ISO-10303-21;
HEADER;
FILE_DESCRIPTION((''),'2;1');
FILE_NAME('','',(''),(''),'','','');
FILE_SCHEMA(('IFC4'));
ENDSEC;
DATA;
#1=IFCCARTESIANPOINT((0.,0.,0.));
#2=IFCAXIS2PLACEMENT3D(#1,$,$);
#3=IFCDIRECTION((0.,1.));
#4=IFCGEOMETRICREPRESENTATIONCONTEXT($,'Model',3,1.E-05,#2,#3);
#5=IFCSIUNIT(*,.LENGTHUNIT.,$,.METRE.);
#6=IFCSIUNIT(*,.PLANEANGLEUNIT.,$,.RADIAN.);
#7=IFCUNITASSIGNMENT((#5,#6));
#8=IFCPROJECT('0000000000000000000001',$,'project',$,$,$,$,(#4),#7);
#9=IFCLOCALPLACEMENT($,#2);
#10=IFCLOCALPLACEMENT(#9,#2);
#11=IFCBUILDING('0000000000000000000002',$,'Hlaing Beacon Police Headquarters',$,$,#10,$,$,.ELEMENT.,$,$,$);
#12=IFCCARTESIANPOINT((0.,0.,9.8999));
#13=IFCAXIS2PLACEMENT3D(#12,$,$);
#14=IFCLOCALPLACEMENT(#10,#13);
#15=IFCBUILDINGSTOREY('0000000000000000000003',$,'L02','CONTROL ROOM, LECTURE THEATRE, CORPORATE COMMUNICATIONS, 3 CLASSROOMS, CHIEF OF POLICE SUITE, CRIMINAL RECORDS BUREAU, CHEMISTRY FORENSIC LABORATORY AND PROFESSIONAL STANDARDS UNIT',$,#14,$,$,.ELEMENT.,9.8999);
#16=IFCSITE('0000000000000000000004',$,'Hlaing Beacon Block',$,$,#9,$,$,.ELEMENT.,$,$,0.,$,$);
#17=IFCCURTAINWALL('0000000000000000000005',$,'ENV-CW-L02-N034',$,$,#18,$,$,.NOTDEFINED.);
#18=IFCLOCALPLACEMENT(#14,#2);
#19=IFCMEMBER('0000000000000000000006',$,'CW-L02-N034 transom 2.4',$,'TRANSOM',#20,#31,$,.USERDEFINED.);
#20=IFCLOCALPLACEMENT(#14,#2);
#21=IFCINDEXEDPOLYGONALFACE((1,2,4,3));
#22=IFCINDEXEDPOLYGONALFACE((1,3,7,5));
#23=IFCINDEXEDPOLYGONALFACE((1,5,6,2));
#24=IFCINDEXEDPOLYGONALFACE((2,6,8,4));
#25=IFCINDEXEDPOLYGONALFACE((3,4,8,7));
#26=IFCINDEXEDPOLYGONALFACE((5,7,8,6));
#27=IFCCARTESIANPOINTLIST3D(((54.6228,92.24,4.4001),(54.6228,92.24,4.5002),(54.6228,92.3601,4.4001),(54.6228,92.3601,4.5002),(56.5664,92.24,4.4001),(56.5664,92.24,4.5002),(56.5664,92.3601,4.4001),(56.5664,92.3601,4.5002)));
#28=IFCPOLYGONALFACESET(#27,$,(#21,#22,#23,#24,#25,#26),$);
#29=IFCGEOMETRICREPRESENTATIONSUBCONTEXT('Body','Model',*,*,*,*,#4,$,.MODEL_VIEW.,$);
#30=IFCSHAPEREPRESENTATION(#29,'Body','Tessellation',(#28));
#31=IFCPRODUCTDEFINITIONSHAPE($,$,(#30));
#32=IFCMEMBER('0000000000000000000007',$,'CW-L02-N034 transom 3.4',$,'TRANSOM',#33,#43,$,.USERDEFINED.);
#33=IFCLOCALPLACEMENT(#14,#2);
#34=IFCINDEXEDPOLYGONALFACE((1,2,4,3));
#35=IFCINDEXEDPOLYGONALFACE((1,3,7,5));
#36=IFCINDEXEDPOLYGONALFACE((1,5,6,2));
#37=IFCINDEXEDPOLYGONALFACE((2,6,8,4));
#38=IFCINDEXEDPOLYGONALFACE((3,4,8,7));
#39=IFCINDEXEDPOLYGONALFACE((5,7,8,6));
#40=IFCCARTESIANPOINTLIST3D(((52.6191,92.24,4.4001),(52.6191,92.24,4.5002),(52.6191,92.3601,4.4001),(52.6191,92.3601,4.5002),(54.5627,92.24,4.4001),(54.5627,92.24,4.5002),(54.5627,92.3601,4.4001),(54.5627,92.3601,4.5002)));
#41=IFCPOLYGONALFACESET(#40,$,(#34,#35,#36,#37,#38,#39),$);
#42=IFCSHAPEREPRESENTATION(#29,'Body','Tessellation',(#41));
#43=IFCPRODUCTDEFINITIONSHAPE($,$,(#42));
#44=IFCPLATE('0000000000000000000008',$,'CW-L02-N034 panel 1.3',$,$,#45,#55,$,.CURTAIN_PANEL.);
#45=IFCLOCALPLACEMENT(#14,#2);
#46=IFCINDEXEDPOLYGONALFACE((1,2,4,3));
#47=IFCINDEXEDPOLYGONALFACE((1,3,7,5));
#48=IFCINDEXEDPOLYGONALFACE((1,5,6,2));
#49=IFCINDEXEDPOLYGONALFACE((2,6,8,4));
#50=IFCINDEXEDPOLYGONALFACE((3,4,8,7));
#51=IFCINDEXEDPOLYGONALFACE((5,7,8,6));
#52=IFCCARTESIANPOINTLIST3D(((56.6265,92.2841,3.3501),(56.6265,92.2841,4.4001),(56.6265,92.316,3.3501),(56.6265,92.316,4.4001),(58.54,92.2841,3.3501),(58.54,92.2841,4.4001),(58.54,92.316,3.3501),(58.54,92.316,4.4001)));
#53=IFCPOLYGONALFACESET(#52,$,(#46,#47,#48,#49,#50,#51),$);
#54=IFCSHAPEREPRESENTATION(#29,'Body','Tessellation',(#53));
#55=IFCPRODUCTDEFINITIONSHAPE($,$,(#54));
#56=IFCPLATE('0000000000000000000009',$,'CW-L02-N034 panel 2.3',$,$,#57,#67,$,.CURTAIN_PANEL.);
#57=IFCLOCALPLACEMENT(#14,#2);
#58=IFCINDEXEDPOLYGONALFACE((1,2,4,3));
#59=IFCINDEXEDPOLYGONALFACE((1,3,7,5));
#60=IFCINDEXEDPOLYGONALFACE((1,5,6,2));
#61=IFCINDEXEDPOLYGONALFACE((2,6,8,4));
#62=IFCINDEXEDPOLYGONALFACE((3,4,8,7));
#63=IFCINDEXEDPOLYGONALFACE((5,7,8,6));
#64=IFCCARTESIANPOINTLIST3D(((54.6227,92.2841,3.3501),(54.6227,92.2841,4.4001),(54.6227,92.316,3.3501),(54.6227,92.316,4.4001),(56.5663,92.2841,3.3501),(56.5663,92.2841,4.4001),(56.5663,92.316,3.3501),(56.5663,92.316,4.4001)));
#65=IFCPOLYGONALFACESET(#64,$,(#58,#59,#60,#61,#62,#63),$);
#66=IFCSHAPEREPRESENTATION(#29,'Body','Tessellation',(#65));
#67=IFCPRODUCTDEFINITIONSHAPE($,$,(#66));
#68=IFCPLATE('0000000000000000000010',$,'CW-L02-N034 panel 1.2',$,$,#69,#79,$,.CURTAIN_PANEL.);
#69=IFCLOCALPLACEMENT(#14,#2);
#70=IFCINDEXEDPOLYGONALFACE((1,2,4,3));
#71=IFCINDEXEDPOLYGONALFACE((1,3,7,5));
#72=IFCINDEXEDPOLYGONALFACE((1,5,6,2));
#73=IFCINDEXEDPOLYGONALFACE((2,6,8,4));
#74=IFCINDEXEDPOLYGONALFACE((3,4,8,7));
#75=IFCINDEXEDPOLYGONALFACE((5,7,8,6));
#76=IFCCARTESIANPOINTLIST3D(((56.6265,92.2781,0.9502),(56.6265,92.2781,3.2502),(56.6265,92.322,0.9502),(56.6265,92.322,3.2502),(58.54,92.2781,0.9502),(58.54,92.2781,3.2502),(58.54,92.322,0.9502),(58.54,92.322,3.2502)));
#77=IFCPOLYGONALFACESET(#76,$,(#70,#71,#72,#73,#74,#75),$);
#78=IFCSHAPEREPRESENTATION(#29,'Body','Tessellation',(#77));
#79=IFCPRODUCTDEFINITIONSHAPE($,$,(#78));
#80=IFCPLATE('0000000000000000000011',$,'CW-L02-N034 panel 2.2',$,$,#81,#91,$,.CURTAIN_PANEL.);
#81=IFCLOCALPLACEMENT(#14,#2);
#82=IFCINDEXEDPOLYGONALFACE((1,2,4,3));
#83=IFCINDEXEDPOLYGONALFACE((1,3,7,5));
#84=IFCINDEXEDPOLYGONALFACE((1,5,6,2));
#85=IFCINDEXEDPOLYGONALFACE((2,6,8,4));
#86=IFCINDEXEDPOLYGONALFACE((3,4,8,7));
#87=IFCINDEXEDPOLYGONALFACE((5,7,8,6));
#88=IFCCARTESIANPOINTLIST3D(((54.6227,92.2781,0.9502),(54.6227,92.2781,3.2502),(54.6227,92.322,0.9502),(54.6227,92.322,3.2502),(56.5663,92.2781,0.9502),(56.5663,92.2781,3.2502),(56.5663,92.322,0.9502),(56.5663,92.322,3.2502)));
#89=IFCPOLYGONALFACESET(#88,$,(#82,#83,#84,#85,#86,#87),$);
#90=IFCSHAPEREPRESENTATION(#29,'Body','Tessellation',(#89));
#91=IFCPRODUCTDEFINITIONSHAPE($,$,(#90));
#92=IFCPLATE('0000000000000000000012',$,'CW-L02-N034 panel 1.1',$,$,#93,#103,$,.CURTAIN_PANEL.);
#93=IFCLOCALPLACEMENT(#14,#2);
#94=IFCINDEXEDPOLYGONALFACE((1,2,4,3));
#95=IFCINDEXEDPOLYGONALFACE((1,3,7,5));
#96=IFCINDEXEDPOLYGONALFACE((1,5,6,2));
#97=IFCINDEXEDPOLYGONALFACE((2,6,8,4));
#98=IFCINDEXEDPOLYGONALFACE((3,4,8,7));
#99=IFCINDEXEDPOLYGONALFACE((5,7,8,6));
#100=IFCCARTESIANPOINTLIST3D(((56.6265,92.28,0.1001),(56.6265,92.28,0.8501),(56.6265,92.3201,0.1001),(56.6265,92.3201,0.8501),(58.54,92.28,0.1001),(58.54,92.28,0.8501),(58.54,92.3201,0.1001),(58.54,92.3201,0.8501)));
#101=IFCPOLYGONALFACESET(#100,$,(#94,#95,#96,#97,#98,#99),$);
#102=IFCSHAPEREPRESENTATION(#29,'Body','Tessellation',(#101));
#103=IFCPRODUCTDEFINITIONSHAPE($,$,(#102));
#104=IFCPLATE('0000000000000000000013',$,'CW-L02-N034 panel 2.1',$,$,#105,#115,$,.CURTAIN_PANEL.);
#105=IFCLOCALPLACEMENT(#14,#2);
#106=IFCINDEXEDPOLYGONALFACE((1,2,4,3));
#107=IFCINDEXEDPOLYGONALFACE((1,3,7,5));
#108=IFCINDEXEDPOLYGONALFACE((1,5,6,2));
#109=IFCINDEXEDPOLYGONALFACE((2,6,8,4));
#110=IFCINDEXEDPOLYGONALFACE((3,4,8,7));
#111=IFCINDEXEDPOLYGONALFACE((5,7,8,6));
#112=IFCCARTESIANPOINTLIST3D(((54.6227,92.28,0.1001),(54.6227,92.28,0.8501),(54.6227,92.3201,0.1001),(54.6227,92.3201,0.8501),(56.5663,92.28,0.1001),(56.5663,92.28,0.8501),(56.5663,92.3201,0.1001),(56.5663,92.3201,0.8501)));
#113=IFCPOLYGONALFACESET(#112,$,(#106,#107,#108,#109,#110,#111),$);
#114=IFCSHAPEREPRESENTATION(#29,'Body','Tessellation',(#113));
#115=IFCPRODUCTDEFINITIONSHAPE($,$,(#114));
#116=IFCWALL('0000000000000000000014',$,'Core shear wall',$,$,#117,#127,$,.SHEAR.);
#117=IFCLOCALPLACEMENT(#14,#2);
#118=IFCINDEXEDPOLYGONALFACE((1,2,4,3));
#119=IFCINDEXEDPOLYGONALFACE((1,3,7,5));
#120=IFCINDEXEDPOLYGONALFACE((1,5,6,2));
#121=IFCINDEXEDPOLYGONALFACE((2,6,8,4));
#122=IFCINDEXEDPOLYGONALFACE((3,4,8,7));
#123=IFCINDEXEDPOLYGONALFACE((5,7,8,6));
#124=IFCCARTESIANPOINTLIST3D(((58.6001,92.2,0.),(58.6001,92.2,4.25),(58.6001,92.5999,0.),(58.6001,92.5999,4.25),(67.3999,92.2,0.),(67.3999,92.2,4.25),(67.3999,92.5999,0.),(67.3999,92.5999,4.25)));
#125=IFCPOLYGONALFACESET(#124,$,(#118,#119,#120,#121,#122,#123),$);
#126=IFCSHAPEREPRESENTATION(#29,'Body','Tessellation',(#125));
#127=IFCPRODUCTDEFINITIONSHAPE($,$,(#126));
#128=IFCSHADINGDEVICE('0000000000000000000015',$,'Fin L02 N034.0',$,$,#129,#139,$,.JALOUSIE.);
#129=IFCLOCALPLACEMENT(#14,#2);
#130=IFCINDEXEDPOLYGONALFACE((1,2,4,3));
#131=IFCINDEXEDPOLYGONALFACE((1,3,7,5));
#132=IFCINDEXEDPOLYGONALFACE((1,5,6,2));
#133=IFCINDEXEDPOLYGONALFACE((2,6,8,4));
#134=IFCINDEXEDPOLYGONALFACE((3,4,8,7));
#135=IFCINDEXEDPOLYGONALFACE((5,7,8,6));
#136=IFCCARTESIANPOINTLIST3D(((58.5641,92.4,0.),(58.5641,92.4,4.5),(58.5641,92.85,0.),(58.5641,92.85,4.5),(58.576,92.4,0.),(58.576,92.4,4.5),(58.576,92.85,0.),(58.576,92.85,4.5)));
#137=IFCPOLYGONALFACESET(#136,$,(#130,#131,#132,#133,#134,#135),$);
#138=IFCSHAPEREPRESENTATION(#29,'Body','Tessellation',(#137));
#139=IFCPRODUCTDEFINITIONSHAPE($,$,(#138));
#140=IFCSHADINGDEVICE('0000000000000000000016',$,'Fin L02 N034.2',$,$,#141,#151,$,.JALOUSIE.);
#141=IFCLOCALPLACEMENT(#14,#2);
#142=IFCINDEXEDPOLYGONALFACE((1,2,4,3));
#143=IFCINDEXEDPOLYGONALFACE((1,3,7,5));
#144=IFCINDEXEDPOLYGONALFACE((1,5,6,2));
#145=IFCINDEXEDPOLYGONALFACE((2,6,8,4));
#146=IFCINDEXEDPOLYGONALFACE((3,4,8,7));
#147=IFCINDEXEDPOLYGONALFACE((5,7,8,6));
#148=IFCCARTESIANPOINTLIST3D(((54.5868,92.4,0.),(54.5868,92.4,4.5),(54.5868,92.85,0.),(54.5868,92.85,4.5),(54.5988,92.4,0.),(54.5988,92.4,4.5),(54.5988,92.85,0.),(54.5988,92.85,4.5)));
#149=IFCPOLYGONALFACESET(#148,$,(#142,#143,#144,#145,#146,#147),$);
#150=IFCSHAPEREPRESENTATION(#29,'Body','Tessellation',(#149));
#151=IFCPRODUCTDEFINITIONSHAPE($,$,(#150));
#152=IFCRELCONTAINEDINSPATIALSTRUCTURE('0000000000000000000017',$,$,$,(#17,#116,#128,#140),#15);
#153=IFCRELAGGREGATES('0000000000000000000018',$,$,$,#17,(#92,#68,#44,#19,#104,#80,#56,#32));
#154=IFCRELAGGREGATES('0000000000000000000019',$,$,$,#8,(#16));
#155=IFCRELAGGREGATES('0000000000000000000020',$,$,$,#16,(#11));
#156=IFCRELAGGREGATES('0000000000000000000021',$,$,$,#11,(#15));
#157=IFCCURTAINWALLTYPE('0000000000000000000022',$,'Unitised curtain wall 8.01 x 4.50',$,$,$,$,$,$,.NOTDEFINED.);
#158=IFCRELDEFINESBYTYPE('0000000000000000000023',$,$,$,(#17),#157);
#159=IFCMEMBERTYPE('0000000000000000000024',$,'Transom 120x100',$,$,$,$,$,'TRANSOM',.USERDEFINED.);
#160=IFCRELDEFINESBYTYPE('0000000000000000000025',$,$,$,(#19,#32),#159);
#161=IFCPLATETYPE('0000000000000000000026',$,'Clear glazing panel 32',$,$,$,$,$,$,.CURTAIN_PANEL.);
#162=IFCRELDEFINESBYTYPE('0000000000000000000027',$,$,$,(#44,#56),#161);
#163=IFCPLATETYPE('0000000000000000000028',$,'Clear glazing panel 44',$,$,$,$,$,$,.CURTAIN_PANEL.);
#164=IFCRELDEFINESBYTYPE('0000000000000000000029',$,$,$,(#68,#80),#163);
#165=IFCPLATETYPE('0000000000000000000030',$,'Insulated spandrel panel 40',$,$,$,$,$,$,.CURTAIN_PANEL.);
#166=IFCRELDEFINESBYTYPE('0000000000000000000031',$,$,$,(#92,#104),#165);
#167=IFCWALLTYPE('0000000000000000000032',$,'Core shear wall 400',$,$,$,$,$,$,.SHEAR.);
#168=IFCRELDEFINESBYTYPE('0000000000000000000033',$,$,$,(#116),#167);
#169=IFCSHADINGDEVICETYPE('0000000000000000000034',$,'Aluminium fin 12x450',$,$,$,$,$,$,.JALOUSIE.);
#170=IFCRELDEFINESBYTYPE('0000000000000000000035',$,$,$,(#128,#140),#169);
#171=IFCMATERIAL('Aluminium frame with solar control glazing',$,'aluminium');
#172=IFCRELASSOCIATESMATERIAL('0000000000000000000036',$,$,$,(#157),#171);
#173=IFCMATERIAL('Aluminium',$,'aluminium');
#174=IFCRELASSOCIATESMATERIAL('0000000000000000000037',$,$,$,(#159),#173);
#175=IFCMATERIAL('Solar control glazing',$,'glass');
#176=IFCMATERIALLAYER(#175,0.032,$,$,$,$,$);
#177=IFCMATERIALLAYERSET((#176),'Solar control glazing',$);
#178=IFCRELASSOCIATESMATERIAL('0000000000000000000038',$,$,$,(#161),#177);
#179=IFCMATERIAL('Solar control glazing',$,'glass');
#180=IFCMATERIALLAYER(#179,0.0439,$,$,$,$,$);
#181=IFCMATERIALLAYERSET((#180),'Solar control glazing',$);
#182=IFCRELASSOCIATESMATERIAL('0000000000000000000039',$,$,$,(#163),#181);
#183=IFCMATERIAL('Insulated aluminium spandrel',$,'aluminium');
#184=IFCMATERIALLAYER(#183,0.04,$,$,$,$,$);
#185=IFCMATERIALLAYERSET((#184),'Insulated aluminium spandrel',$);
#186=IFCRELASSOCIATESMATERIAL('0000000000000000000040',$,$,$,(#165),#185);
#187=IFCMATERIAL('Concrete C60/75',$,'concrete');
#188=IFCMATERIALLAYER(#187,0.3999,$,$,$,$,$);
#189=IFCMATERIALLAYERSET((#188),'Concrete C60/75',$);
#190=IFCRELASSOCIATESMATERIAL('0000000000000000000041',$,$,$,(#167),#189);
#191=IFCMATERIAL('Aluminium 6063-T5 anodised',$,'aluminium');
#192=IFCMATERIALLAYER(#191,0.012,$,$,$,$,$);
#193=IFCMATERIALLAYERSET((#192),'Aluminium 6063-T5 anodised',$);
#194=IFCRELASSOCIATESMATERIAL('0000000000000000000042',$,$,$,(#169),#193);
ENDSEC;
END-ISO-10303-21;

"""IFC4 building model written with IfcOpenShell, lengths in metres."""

from ifc_helpers import new_model, si_unit, direction, frame, frame_2d, origin, origin_2d, place, context, subcontext, project, spatial, rectangle, extrude, material, layer, layer_set, material_profile, profile_set, type_object, element, aggregate, save


model = new_model("IFC4")

# Units and contexts
model_context = context("Model", 3, precision=1e-05, world=origin(), true_north=direction((0.0, 1.0)))
body_context = subcontext(model_context, "Body", "Model", "MODEL_VIEW")
ifc_project = project(units=[si_unit("LENGTHUNIT", "METRE"), si_unit("PLANEANGLEUNIT", "RADIAN")], contexts=[model_context])

# Site, building, storey
site_placement = place(None, origin())
site = spatial("IfcSite", under=ifc_project, at=site_placement, Name="Hlaing Beacon Block", CompositionType="ELEMENT", RefElevation=0.0)
building_placement = place(site_placement, origin())
building = spatial("IfcBuilding", under=site, at=building_placement, Name="Hlaing Beacon Police Headquarters", CompositionType="ELEMENT")
storey_placement = place(building_placement, frame((0.0, 0.0, 9.8999)))
storey = spatial("IfcBuildingStorey", under=building, at=storey_placement, Name="L02", Description="CONTROL ROOM, LECTURE THEATRE, CORPORATE COMMUNICATIONS, 3 CLASSROOMS, CHIEF OF POLICE SUITE, CRIMINAL RECORDS BUREAU, CHEMISTRY FORENSIC LABORATORY AND PROFESSIONAL STANDARDS UNIT", CompositionType="ELEMENT", Elevation=9.8999)

# Curtain wall, members, plates
ifc_material_1 = material(Name="Aluminium frame with solar control glazing", Category="aluminium")
curtain_wall_type = type_object("IfcCurtainWallType", Name="Unitised curtain wall 8.01 x 4.50", PredefinedType="NOTDEFINED", material=ifc_material_1)
curtain_wall_placement = place(storey_placement, origin())
curtain_wall = element("IfcCurtainWall", 1, at=curtain_wall_placement, inside=storey, type_object=curtain_wall_type, Name="ENV-CW-L02-N034", PredefinedType="NOTDEFINED")
ifc_material_2 = material(Name="Aluminium", Category="aluminium")
ifc_material_profile_1 = material_profile(ifc_material_2, rectangle(XDim=0.1201, YDim=0.1001, at=origin_2d()), Name="Transom 120x100")
ifc_profile_set_1 = profile_set([ifc_material_profile_1], Name="Aluminium")
member_type_1 = type_object("IfcMemberType", Name="Transom 120x100", ElementType="TRANSOM", PredefinedType="USERDEFINED", material=ifc_profile_set_1)
member_1_placement = place(storey_placement, frame((56.5664, 92.3, 4.4502), z_axis=(-1.0, 0.0, 0.0), x_axis=(0.0, -1.0, 0.0)))
member_1 = element("IfcMember", 2, at=member_1_placement, type_object=member_type_1, Name="CW-L02-N034 transom 2.4", ObjectType="TRANSOM", PredefinedType="USERDEFINED", context=body_context, shape_type="SweptSolid", body=[
    extrude(rectangle(XDim=0.1201, YDim=0.1001, at=origin_2d()), origin(), (0.0, 0.0, 1.0), 1.9436),
])
member_2_placement = place(storey_placement, frame((54.5627, 92.3, 4.4502), z_axis=(-1.0, 0.0, 0.0), x_axis=(0.0, -1.0, 0.0)))
member_2 = element("IfcMember", 3, at=member_2_placement, type_object=member_type_1, Name="CW-L02-N034 transom 3.4", ObjectType="TRANSOM", PredefinedType="USERDEFINED", context=body_context, shape_type="SweptSolid", body=[
    extrude(rectangle(XDim=0.1201, YDim=0.1001, at=origin_2d()), origin(), (0.0, 0.0, 1.0), 1.9436),
])
ifc_material_3 = material(Name="Solar control glazing", Category="glass")
ifc_layer_1 = layer(ifc_material_3, 0.032)
ifc_layer_set_1 = layer_set([ifc_layer_1], Name="Solar control glazing")
plate_type_1 = type_object("IfcPlateType", Name="Clear glazing panel 32", PredefinedType="CURTAIN_PANEL", material=ifc_layer_set_1)
plate_1_placement = place(storey_placement, frame((57.5833, 92.3, 3.3501), z_axis=(0.0, 0.0, 1.0), x_axis=(-1.0, 0.0, 0.0)))
plate_1 = element("IfcPlate", 4, at=plate_1_placement, type_object=plate_type_1, Name="CW-L02-N034 panel 1.3", PredefinedType="CURTAIN_PANEL", context=body_context, shape_type="SweptSolid", body=[
    extrude(rectangle(XDim=1.9136, YDim=0.032, at=origin_2d()), origin(), (0.0, 0.0, 1.0), 1.05),
])
plate_2_placement = place(storey_placement, frame((55.5945, 92.3, 3.3501), z_axis=(0.0, 0.0, 1.0), x_axis=(-1.0, 0.0, 0.0)))
plate_2 = element("IfcPlate", 5, at=plate_2_placement, type_object=plate_type_1, Name="CW-L02-N034 panel 2.3", PredefinedType="CURTAIN_PANEL", context=body_context, shape_type="SweptSolid", body=[
    extrude(rectangle(XDim=1.9436, YDim=0.032, at=origin_2d()), origin(), (0.0, 0.0, 1.0), 1.05),
])
ifc_material_4 = material(Name="Solar control glazing", Category="glass")
ifc_layer_2 = layer(ifc_material_4, 0.0439)
ifc_layer_set_2 = layer_set([ifc_layer_2], Name="Solar control glazing")
plate_type_2 = type_object("IfcPlateType", Name="Clear glazing panel 44", PredefinedType="CURTAIN_PANEL", material=ifc_layer_set_2)
plate_3_placement = place(storey_placement, frame((57.5833, 92.3, 0.9502), z_axis=(0.0, 0.0, 1.0), x_axis=(-1.0, 0.0, 0.0)))
plate_3 = element("IfcPlate", 6, at=plate_3_placement, type_object=plate_type_2, Name="CW-L02-N034 panel 1.2", PredefinedType="CURTAIN_PANEL", context=body_context, shape_type="SweptSolid", body=[
    extrude(rectangle(XDim=1.9136, YDim=0.0439, at=origin_2d()), origin(), (0.0, 0.0, 1.0), 2.3),
])
plate_4_placement = place(storey_placement, frame((55.5945, 92.3, 0.9502), z_axis=(0.0, 0.0, 1.0), x_axis=(-1.0, 0.0, 0.0)))
plate_4 = element("IfcPlate", 7, at=plate_4_placement, type_object=plate_type_2, Name="CW-L02-N034 panel 2.2", PredefinedType="CURTAIN_PANEL", context=body_context, shape_type="SweptSolid", body=[
    extrude(rectangle(XDim=1.9436, YDim=0.0439, at=origin_2d()), origin(), (0.0, 0.0, 1.0), 2.3),
])
ifc_material_5 = material(Name="Insulated aluminium spandrel", Category="aluminium")
ifc_layer_3 = layer(ifc_material_5, 0.04)
ifc_layer_set_3 = layer_set([ifc_layer_3], Name="Insulated aluminium spandrel")
plate_type_3 = type_object("IfcPlateType", Name="Insulated spandrel panel 40", PredefinedType="CURTAIN_PANEL", material=ifc_layer_set_3)
plate_5_placement = place(storey_placement, frame((57.5833, 92.3, 0.1001), z_axis=(0.0, 0.0, 1.0), x_axis=(-1.0, 0.0, 0.0)))
plate_5 = element("IfcPlate", 8, at=plate_5_placement, type_object=plate_type_3, Name="CW-L02-N034 panel 1.1", PredefinedType="CURTAIN_PANEL", context=body_context, shape_type="SweptSolid", body=[
    extrude(rectangle(XDim=1.9136, YDim=0.04, at=origin_2d()), origin(), (0.0, 0.0, 1.0), 0.75),
])
plate_6_placement = place(storey_placement, frame((55.5945, 92.3, 0.1001), z_axis=(0.0, 0.0, 1.0), x_axis=(-1.0, 0.0, 0.0)))
plate_6 = element("IfcPlate", 9, at=plate_6_placement, type_object=plate_type_3, Name="CW-L02-N034 panel 2.1", PredefinedType="CURTAIN_PANEL", context=body_context, shape_type="SweptSolid", body=[
    extrude(rectangle(XDim=1.9436, YDim=0.04, at=origin_2d()), origin(), (0.0, 0.0, 1.0), 0.75),
])
aggregate(curtain_wall, [plate_5, plate_3, plate_1, member_1, plate_6, plate_4, plate_2, member_2])

# Wall
ifc_material_6 = material(Name="Concrete C60/75", Category="concrete")
ifc_layer_4 = layer(ifc_material_6, 0.3999)
ifc_layer_set_4 = layer_set([ifc_layer_4], Name="Concrete C60/75")
wall_type = type_object("IfcWallType", Name="Core shear wall 400", PredefinedType="SHEAR", material=ifc_layer_set_4)
wall_placement = place(storey_placement, frame((58.6001, 92.3999, 0.0), z_axis=(0.0, 0.0, 1.0), x_axis=(1.0, 0.0, 0.0)))
element("IfcWall", 10, at=wall_placement, inside=storey, type_object=wall_type, Name="Core shear wall", PredefinedType="SHEAR", context=body_context, shape_type="SweptSolid", body=[
    extrude(rectangle(XDim=8.7998, YDim=0.3999, at=frame_2d((4.3999, 0.0))), origin(), (0.0, 0.0, 1.0), 4.25),
])

# Shading devices
ifc_material_7 = material(Name="Aluminium 6063-T5 anodised", Category="aluminium")
ifc_layer_5 = layer(ifc_material_7, 0.012)
ifc_layer_set_5 = layer_set([ifc_layer_5], Name="Aluminium 6063-T5 anodised")
shading_device_type = type_object("IfcShadingDeviceType", Name="Aluminium fin 12x450", PredefinedType="JALOUSIE", material=ifc_layer_set_5)
for number, where, z_axis, x_axis, name in (
    (11, (58.5701, 92.625, 0.0), (0.0, 0.0, 1.0), (-1.0, 0.0, 0.0), "Fin L02 N034.0"),
    (12, (54.5928, 92.625, 0.0), (0.0, 0.0, 1.0), (-1.0, 0.0, 0.0), "Fin L02 N034.2"),
):
    element("IfcShadingDevice", number, at=place(storey_placement, frame(where, z_axis=z_axis, x_axis=x_axis)), inside=storey, type_object=shading_device_type, Name=name, PredefinedType="JALOUSIE", context=body_context, shape_type="SweptSolid", body=[
        extrude(rectangle(XDim=0.012, YDim=0.45, at=origin_2d()), origin(), (0.0, 0.0, 1.0), 4.5),
    ])

save(model, "model.ifc")
